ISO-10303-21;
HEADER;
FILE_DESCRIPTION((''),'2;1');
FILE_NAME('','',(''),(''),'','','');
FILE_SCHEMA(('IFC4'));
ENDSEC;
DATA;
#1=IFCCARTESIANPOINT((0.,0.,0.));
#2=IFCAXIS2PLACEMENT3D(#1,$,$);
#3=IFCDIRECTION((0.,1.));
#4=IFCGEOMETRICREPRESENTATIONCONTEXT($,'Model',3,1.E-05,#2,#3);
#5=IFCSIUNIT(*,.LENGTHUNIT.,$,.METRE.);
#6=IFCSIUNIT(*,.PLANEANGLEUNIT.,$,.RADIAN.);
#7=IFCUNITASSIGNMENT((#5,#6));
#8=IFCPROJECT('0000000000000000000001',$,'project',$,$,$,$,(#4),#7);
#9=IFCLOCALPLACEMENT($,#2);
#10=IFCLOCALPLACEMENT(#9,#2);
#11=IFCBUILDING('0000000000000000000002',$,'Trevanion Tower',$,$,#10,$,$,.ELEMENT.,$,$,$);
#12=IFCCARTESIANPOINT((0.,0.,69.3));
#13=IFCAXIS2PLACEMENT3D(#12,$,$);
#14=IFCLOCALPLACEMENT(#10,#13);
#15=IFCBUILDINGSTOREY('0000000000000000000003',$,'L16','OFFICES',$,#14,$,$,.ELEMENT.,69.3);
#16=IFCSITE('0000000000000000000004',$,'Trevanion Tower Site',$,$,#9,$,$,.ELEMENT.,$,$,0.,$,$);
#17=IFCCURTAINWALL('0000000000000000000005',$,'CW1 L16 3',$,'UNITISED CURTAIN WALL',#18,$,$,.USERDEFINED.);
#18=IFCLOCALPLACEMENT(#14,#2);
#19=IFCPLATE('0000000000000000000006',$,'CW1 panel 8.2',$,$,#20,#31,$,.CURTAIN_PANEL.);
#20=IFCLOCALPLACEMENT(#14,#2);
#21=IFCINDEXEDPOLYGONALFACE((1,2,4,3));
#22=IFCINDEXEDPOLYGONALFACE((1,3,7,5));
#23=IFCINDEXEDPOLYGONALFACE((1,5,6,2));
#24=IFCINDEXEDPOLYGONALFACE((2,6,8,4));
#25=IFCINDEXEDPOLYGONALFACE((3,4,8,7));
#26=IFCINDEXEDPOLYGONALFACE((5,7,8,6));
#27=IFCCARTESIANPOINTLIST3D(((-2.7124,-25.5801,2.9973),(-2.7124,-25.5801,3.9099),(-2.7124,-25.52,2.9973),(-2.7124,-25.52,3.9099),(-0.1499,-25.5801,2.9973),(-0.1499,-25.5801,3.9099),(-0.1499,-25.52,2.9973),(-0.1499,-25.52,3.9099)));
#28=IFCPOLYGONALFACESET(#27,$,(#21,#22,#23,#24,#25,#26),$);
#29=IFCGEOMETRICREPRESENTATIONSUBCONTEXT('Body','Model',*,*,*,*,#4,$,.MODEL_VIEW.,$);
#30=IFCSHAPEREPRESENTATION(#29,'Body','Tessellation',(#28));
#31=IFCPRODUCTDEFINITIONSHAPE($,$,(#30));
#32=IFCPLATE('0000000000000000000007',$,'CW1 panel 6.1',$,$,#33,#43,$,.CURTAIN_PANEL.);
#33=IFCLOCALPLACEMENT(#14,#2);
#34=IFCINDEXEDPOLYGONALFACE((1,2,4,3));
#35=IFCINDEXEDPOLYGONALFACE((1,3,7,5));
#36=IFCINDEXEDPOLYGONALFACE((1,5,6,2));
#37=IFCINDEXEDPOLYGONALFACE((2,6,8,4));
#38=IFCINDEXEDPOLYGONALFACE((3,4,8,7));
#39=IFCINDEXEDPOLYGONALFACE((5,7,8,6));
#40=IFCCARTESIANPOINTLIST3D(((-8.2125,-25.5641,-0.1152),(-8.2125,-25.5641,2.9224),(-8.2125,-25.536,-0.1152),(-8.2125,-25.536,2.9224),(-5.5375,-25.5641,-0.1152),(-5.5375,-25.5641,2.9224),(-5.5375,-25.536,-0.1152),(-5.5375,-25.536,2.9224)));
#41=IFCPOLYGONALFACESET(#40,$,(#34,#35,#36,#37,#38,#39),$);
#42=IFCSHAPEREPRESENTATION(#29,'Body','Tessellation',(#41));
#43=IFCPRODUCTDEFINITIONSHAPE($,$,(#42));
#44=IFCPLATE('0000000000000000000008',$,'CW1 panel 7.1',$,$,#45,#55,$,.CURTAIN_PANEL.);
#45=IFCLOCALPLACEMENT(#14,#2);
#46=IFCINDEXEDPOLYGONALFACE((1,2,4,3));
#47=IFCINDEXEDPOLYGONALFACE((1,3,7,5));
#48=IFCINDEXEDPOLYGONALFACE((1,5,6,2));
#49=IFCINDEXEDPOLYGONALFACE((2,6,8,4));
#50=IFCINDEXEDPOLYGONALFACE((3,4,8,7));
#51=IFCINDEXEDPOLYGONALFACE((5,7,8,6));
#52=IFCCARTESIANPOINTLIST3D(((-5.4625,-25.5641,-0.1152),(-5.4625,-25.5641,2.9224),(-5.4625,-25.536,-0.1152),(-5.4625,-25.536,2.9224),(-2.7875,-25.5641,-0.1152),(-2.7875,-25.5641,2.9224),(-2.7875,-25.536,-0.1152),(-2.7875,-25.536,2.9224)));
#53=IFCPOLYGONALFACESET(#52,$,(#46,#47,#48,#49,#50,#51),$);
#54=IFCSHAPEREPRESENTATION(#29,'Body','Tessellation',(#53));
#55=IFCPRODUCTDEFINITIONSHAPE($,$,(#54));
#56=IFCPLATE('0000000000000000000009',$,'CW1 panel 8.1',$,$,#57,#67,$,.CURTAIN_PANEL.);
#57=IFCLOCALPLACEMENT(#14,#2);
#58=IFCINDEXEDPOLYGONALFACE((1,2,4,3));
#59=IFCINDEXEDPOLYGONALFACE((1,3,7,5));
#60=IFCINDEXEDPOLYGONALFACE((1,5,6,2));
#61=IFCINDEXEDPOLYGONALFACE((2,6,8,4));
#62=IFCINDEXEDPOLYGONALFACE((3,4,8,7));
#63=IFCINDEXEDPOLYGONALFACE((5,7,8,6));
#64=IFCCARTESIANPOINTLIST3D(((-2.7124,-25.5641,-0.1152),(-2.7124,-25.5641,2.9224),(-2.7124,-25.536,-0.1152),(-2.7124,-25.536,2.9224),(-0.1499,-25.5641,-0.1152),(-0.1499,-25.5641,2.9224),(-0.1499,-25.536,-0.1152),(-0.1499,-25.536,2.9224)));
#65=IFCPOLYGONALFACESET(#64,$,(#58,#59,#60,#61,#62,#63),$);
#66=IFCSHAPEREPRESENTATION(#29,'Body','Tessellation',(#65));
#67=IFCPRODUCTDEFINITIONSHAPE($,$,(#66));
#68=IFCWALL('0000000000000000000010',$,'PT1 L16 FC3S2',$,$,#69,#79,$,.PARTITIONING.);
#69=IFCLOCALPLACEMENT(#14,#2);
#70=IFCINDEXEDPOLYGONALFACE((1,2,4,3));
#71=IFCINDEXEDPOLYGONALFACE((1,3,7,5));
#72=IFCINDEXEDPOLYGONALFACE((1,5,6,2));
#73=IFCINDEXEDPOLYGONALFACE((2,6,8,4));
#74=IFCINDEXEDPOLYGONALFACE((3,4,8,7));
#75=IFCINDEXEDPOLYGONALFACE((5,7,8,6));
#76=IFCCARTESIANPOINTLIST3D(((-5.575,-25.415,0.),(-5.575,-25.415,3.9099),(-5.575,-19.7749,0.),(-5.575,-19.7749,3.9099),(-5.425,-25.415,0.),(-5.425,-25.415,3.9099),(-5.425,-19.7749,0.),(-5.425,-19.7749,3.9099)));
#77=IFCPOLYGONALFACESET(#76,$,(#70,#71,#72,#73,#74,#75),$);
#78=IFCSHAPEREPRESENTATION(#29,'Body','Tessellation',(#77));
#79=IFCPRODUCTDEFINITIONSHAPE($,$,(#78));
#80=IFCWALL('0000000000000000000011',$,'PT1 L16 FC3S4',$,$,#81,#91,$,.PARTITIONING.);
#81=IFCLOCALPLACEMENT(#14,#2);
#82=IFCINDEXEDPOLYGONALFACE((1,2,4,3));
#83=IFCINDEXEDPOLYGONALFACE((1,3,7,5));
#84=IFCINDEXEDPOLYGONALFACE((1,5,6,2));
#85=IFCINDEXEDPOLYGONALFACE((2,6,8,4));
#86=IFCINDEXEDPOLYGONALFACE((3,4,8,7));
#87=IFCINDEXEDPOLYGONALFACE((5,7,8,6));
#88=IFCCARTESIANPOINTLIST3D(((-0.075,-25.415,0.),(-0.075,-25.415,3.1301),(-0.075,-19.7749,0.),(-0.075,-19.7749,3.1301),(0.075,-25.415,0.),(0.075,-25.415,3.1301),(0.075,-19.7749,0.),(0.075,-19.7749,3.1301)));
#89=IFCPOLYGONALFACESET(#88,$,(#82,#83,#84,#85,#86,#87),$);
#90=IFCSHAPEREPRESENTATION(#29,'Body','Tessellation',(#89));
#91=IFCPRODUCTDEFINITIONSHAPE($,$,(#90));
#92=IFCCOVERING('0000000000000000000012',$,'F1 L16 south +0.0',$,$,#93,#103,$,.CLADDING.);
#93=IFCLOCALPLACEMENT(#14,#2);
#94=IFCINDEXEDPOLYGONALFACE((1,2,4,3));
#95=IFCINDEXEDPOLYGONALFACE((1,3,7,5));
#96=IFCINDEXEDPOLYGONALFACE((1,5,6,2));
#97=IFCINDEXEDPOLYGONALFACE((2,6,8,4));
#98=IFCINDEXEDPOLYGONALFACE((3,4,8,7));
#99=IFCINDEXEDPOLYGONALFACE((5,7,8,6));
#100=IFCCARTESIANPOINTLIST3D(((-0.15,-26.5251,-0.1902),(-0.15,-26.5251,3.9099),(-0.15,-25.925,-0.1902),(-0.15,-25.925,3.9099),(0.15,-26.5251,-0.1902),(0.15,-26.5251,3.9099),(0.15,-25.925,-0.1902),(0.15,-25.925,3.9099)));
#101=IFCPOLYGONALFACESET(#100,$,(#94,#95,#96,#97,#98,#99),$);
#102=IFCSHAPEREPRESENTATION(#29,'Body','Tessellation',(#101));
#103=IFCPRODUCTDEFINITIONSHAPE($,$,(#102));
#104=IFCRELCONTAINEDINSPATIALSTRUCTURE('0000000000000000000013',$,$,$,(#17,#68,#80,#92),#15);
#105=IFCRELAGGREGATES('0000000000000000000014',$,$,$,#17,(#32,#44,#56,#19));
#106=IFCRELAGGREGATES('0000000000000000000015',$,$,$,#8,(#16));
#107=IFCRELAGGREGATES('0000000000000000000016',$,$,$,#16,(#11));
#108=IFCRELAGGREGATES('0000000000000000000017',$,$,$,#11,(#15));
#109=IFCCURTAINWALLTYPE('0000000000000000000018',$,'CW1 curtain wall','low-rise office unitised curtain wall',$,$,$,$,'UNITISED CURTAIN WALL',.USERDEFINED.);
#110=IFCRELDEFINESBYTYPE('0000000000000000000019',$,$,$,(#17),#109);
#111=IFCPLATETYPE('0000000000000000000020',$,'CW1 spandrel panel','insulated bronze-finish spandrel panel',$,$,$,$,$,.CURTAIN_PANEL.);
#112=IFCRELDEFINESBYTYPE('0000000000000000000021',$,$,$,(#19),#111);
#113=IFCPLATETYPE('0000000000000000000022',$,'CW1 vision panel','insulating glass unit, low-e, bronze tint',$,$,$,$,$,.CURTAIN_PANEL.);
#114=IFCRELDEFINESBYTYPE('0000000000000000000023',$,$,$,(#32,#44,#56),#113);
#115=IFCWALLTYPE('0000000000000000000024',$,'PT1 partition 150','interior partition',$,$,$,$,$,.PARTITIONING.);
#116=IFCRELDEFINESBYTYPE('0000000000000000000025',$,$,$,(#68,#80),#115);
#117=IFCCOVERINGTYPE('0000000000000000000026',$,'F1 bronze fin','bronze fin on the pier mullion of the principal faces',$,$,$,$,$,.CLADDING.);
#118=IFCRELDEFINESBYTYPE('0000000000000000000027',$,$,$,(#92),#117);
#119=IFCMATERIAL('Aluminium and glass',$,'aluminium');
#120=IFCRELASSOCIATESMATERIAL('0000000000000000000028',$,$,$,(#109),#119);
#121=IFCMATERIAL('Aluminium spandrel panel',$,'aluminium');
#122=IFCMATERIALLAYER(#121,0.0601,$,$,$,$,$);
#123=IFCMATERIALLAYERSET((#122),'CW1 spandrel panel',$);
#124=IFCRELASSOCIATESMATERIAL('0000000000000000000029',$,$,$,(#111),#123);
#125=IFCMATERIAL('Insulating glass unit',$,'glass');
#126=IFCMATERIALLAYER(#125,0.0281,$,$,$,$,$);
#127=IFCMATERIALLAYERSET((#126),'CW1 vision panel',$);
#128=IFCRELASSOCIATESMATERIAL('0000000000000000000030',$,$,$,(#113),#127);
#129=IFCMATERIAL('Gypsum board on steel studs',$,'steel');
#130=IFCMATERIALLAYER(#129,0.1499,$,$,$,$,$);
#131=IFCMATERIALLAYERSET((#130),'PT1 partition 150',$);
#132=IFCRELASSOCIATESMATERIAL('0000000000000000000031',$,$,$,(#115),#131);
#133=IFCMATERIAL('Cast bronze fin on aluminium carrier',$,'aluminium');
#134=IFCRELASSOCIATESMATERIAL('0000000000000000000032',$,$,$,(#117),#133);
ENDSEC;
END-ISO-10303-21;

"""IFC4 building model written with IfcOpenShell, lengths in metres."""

from ifc_helpers import new_model, si_unit, direction, frame, frame_2d, origin, origin_2d, place, context, subcontext, project, spatial, rectangle, extrude, material, layer, layer_set, type_object, element, aggregate, save


model = new_model("IFC4")

# Units and contexts
model_context = context("Model", 3, precision=1e-05, world=origin(), true_north=direction((0.0, 1.0)))
body_context = subcontext(model_context, "Body", "Model", "MODEL_VIEW")
ifc_project = project(units=[si_unit("LENGTHUNIT", "METRE"), si_unit("PLANEANGLEUNIT", "RADIAN")], contexts=[model_context])

# Site, building, storey
site_placement = place(None, origin())
site = spatial("IfcSite", under=ifc_project, at=site_placement, Name="Trevanion Tower Site", CompositionType="ELEMENT", RefElevation=0.0)
building_placement = place(site_placement, origin())
building = spatial("IfcBuilding", under=site, at=building_placement, Name="Trevanion Tower", CompositionType="ELEMENT")
storey_placement = place(building_placement, frame((0.0, 0.0, 69.3)))
storey = spatial("IfcBuildingStorey", under=building, at=storey_placement, Name="L16", Description="OFFICES", CompositionType="ELEMENT", Elevation=69.3)

# Curtain wall
ifc_material_1 = material(Name="Aluminium and glass", Category="aluminium")
curtain_wall_type = type_object("IfcCurtainWallType", Name="CW1 curtain wall", Description="low-rise office unitised curtain wall", ElementType="UNITISED CURTAIN WALL", PredefinedType="USERDEFINED", material=ifc_material_1)
curtain_wall_placement = place(storey_placement, origin())
curtain_wall = element("IfcCurtainWall", 1, at=curtain_wall_placement, inside=storey, type_object=curtain_wall_type, Name="CW1 L16 3", ObjectType="UNITISED CURTAIN WALL", PredefinedType="USERDEFINED")

# Plates
ifc_material_2 = material(Name="Aluminium spandrel panel", Category="aluminium")
ifc_layer_1 = layer(ifc_material_2, 0.0601)
ifc_layer_set_1 = layer_set([ifc_layer_1], Name="CW1 spandrel panel")
plate_type_1 = type_object("IfcPlateType", Name="CW1 spandrel panel", Description="insulated bronze-finish spandrel panel", PredefinedType="CURTAIN_PANEL", material=ifc_layer_set_1)
plate_1_placement = place(storey_placement, frame((-1.4312, -25.55, 2.9973), z_axis=(0.0, 0.0, 1.0), x_axis=(1.0, 0.0, 0.0)))
plate_1 = element("IfcPlate", 2, at=plate_1_placement, type_object=plate_type_1, Name="CW1 panel 8.2", PredefinedType="CURTAIN_PANEL", context=body_context, shape_type="SweptSolid", body=[
    extrude(rectangle(XDim=2.5625, YDim=0.0601, at=origin_2d()), origin(), (0.0, 0.0, 1.0), 0.9126),
])
ifc_material_3 = material(Name="Insulating glass unit", Category="glass")
ifc_layer_2 = layer(ifc_material_3, 0.0281)
ifc_layer_set_2 = layer_set([ifc_layer_2], Name="CW1 vision panel")
plate_type_2 = type_object("IfcPlateType", Name="CW1 vision panel", Description="insulating glass unit, low-e, bronze tint", PredefinedType="CURTAIN_PANEL", material=ifc_layer_set_2)
plate_2_placement = place(storey_placement, frame((-6.875, -25.55, -0.1152), z_axis=(0.0, 0.0, 1.0), x_axis=(1.0, 0.0, 0.0)))
plate_2 = element("IfcPlate", 3, at=plate_2_placement, type_object=plate_type_2, Name="CW1 panel 6.1", PredefinedType="CURTAIN_PANEL", context=body_context, shape_type="SweptSolid", body=[
    extrude(rectangle(XDim=2.675, YDim=0.0281, at=origin_2d()), origin(), (0.0, 0.0, 1.0), 3.0376),
])
plate_3_placement = place(storey_placement, frame((-4.125, -25.55, -0.1152), z_axis=(0.0, 0.0, 1.0), x_axis=(1.0, 0.0, 0.0)))
plate_3 = element("IfcPlate", 4, at=plate_3_placement, type_object=plate_type_2, Name="CW1 panel 7.1", PredefinedType="CURTAIN_PANEL", context=body_context, shape_type="SweptSolid", body=[
    extrude(rectangle(XDim=2.675, YDim=0.0281, at=origin_2d()), origin(), (0.0, 0.0, 1.0), 3.0376),
])
plate_4_placement = place(storey_placement, frame((-1.4312, -25.55, -0.1152), z_axis=(0.0, 0.0, 1.0), x_axis=(1.0, 0.0, 0.0)))
plate_4 = element("IfcPlate", 5, at=plate_4_placement, type_object=plate_type_2, Name="CW1 panel 8.1", PredefinedType="CURTAIN_PANEL", context=body_context, shape_type="SweptSolid", body=[
    extrude(rectangle(XDim=2.5625, YDim=0.0281, at=origin_2d()), origin(), (0.0, 0.0, 1.0), 3.0376),
])
aggregate(curtain_wall, [plate_2, plate_3, plate_4, plate_1])

# Walls
ifc_material_4 = material(Name="Gypsum board on steel studs", Category="steel")
ifc_layer_3 = layer(ifc_material_4, 0.1499)
ifc_layer_set_3 = layer_set([ifc_layer_3], Name="PT1 partition 150")
wall_type = type_object("IfcWallType", Name="PT1 partition 150", Description="interior partition", PredefinedType="PARTITIONING", material=ifc_layer_set_3)
wall_1_placement = place(storey_placement, frame((-5.5, -19.7749, 0.0), z_axis=(0.0, 0.0, 1.0), x_axis=(0.0, -1.0, 0.0)))
element("IfcWall", 6, at=wall_1_placement, inside=storey, type_object=wall_type, Name="PT1 L16 FC3S2", PredefinedType="PARTITIONING", context=body_context, shape_type="SweptSolid", body=[
    extrude(rectangle(XDim=5.6401, YDim=0.1499, at=frame_2d((2.8201, 0.0))), origin(), (0.0, 0.0, 1.0), 3.9099),
])
wall_2_placement = place(storey_placement, frame((0.0, -19.7749, 0.0), z_axis=(0.0, 0.0, 1.0), x_axis=(0.0, -1.0, 0.0)))
element("IfcWall", 7, at=wall_2_placement, inside=storey, type_object=wall_type, Name="PT1 L16 FC3S4", PredefinedType="PARTITIONING", context=body_context, shape_type="SweptSolid", body=[
    extrude(rectangle(XDim=5.6401, YDim=0.1499, at=frame_2d((2.8201, 0.0))), origin(), (0.0, 0.0, 1.0), 3.1301),
])

# Covering
ifc_material_5 = material(Name="Cast bronze fin on aluminium carrier", Category="aluminium")
covering_type = type_object("IfcCoveringType", Name="F1 bronze fin", Description="bronze fin on the pier mullion of the principal faces", PredefinedType="CLADDING", material=ifc_material_5)
covering_placement = place(storey_placement, frame((0.0, -26.2251, -0.1902), z_axis=(0.0, 0.0, 1.0), x_axis=(1.0, 0.0, 0.0)))
element("IfcCovering", 8, at=covering_placement, inside=storey, type_object=covering_type, Name="F1 L16 south +0.0", PredefinedType="CLADDING", context=body_context, shape_type="SweptSolid", body=[
    extrude(rectangle(XDim=0.3, YDim=0.6001, at=origin_2d()), origin(), (0.0, 0.0, 1.0), 4.1001),
])

save(model, "model.ifc")
